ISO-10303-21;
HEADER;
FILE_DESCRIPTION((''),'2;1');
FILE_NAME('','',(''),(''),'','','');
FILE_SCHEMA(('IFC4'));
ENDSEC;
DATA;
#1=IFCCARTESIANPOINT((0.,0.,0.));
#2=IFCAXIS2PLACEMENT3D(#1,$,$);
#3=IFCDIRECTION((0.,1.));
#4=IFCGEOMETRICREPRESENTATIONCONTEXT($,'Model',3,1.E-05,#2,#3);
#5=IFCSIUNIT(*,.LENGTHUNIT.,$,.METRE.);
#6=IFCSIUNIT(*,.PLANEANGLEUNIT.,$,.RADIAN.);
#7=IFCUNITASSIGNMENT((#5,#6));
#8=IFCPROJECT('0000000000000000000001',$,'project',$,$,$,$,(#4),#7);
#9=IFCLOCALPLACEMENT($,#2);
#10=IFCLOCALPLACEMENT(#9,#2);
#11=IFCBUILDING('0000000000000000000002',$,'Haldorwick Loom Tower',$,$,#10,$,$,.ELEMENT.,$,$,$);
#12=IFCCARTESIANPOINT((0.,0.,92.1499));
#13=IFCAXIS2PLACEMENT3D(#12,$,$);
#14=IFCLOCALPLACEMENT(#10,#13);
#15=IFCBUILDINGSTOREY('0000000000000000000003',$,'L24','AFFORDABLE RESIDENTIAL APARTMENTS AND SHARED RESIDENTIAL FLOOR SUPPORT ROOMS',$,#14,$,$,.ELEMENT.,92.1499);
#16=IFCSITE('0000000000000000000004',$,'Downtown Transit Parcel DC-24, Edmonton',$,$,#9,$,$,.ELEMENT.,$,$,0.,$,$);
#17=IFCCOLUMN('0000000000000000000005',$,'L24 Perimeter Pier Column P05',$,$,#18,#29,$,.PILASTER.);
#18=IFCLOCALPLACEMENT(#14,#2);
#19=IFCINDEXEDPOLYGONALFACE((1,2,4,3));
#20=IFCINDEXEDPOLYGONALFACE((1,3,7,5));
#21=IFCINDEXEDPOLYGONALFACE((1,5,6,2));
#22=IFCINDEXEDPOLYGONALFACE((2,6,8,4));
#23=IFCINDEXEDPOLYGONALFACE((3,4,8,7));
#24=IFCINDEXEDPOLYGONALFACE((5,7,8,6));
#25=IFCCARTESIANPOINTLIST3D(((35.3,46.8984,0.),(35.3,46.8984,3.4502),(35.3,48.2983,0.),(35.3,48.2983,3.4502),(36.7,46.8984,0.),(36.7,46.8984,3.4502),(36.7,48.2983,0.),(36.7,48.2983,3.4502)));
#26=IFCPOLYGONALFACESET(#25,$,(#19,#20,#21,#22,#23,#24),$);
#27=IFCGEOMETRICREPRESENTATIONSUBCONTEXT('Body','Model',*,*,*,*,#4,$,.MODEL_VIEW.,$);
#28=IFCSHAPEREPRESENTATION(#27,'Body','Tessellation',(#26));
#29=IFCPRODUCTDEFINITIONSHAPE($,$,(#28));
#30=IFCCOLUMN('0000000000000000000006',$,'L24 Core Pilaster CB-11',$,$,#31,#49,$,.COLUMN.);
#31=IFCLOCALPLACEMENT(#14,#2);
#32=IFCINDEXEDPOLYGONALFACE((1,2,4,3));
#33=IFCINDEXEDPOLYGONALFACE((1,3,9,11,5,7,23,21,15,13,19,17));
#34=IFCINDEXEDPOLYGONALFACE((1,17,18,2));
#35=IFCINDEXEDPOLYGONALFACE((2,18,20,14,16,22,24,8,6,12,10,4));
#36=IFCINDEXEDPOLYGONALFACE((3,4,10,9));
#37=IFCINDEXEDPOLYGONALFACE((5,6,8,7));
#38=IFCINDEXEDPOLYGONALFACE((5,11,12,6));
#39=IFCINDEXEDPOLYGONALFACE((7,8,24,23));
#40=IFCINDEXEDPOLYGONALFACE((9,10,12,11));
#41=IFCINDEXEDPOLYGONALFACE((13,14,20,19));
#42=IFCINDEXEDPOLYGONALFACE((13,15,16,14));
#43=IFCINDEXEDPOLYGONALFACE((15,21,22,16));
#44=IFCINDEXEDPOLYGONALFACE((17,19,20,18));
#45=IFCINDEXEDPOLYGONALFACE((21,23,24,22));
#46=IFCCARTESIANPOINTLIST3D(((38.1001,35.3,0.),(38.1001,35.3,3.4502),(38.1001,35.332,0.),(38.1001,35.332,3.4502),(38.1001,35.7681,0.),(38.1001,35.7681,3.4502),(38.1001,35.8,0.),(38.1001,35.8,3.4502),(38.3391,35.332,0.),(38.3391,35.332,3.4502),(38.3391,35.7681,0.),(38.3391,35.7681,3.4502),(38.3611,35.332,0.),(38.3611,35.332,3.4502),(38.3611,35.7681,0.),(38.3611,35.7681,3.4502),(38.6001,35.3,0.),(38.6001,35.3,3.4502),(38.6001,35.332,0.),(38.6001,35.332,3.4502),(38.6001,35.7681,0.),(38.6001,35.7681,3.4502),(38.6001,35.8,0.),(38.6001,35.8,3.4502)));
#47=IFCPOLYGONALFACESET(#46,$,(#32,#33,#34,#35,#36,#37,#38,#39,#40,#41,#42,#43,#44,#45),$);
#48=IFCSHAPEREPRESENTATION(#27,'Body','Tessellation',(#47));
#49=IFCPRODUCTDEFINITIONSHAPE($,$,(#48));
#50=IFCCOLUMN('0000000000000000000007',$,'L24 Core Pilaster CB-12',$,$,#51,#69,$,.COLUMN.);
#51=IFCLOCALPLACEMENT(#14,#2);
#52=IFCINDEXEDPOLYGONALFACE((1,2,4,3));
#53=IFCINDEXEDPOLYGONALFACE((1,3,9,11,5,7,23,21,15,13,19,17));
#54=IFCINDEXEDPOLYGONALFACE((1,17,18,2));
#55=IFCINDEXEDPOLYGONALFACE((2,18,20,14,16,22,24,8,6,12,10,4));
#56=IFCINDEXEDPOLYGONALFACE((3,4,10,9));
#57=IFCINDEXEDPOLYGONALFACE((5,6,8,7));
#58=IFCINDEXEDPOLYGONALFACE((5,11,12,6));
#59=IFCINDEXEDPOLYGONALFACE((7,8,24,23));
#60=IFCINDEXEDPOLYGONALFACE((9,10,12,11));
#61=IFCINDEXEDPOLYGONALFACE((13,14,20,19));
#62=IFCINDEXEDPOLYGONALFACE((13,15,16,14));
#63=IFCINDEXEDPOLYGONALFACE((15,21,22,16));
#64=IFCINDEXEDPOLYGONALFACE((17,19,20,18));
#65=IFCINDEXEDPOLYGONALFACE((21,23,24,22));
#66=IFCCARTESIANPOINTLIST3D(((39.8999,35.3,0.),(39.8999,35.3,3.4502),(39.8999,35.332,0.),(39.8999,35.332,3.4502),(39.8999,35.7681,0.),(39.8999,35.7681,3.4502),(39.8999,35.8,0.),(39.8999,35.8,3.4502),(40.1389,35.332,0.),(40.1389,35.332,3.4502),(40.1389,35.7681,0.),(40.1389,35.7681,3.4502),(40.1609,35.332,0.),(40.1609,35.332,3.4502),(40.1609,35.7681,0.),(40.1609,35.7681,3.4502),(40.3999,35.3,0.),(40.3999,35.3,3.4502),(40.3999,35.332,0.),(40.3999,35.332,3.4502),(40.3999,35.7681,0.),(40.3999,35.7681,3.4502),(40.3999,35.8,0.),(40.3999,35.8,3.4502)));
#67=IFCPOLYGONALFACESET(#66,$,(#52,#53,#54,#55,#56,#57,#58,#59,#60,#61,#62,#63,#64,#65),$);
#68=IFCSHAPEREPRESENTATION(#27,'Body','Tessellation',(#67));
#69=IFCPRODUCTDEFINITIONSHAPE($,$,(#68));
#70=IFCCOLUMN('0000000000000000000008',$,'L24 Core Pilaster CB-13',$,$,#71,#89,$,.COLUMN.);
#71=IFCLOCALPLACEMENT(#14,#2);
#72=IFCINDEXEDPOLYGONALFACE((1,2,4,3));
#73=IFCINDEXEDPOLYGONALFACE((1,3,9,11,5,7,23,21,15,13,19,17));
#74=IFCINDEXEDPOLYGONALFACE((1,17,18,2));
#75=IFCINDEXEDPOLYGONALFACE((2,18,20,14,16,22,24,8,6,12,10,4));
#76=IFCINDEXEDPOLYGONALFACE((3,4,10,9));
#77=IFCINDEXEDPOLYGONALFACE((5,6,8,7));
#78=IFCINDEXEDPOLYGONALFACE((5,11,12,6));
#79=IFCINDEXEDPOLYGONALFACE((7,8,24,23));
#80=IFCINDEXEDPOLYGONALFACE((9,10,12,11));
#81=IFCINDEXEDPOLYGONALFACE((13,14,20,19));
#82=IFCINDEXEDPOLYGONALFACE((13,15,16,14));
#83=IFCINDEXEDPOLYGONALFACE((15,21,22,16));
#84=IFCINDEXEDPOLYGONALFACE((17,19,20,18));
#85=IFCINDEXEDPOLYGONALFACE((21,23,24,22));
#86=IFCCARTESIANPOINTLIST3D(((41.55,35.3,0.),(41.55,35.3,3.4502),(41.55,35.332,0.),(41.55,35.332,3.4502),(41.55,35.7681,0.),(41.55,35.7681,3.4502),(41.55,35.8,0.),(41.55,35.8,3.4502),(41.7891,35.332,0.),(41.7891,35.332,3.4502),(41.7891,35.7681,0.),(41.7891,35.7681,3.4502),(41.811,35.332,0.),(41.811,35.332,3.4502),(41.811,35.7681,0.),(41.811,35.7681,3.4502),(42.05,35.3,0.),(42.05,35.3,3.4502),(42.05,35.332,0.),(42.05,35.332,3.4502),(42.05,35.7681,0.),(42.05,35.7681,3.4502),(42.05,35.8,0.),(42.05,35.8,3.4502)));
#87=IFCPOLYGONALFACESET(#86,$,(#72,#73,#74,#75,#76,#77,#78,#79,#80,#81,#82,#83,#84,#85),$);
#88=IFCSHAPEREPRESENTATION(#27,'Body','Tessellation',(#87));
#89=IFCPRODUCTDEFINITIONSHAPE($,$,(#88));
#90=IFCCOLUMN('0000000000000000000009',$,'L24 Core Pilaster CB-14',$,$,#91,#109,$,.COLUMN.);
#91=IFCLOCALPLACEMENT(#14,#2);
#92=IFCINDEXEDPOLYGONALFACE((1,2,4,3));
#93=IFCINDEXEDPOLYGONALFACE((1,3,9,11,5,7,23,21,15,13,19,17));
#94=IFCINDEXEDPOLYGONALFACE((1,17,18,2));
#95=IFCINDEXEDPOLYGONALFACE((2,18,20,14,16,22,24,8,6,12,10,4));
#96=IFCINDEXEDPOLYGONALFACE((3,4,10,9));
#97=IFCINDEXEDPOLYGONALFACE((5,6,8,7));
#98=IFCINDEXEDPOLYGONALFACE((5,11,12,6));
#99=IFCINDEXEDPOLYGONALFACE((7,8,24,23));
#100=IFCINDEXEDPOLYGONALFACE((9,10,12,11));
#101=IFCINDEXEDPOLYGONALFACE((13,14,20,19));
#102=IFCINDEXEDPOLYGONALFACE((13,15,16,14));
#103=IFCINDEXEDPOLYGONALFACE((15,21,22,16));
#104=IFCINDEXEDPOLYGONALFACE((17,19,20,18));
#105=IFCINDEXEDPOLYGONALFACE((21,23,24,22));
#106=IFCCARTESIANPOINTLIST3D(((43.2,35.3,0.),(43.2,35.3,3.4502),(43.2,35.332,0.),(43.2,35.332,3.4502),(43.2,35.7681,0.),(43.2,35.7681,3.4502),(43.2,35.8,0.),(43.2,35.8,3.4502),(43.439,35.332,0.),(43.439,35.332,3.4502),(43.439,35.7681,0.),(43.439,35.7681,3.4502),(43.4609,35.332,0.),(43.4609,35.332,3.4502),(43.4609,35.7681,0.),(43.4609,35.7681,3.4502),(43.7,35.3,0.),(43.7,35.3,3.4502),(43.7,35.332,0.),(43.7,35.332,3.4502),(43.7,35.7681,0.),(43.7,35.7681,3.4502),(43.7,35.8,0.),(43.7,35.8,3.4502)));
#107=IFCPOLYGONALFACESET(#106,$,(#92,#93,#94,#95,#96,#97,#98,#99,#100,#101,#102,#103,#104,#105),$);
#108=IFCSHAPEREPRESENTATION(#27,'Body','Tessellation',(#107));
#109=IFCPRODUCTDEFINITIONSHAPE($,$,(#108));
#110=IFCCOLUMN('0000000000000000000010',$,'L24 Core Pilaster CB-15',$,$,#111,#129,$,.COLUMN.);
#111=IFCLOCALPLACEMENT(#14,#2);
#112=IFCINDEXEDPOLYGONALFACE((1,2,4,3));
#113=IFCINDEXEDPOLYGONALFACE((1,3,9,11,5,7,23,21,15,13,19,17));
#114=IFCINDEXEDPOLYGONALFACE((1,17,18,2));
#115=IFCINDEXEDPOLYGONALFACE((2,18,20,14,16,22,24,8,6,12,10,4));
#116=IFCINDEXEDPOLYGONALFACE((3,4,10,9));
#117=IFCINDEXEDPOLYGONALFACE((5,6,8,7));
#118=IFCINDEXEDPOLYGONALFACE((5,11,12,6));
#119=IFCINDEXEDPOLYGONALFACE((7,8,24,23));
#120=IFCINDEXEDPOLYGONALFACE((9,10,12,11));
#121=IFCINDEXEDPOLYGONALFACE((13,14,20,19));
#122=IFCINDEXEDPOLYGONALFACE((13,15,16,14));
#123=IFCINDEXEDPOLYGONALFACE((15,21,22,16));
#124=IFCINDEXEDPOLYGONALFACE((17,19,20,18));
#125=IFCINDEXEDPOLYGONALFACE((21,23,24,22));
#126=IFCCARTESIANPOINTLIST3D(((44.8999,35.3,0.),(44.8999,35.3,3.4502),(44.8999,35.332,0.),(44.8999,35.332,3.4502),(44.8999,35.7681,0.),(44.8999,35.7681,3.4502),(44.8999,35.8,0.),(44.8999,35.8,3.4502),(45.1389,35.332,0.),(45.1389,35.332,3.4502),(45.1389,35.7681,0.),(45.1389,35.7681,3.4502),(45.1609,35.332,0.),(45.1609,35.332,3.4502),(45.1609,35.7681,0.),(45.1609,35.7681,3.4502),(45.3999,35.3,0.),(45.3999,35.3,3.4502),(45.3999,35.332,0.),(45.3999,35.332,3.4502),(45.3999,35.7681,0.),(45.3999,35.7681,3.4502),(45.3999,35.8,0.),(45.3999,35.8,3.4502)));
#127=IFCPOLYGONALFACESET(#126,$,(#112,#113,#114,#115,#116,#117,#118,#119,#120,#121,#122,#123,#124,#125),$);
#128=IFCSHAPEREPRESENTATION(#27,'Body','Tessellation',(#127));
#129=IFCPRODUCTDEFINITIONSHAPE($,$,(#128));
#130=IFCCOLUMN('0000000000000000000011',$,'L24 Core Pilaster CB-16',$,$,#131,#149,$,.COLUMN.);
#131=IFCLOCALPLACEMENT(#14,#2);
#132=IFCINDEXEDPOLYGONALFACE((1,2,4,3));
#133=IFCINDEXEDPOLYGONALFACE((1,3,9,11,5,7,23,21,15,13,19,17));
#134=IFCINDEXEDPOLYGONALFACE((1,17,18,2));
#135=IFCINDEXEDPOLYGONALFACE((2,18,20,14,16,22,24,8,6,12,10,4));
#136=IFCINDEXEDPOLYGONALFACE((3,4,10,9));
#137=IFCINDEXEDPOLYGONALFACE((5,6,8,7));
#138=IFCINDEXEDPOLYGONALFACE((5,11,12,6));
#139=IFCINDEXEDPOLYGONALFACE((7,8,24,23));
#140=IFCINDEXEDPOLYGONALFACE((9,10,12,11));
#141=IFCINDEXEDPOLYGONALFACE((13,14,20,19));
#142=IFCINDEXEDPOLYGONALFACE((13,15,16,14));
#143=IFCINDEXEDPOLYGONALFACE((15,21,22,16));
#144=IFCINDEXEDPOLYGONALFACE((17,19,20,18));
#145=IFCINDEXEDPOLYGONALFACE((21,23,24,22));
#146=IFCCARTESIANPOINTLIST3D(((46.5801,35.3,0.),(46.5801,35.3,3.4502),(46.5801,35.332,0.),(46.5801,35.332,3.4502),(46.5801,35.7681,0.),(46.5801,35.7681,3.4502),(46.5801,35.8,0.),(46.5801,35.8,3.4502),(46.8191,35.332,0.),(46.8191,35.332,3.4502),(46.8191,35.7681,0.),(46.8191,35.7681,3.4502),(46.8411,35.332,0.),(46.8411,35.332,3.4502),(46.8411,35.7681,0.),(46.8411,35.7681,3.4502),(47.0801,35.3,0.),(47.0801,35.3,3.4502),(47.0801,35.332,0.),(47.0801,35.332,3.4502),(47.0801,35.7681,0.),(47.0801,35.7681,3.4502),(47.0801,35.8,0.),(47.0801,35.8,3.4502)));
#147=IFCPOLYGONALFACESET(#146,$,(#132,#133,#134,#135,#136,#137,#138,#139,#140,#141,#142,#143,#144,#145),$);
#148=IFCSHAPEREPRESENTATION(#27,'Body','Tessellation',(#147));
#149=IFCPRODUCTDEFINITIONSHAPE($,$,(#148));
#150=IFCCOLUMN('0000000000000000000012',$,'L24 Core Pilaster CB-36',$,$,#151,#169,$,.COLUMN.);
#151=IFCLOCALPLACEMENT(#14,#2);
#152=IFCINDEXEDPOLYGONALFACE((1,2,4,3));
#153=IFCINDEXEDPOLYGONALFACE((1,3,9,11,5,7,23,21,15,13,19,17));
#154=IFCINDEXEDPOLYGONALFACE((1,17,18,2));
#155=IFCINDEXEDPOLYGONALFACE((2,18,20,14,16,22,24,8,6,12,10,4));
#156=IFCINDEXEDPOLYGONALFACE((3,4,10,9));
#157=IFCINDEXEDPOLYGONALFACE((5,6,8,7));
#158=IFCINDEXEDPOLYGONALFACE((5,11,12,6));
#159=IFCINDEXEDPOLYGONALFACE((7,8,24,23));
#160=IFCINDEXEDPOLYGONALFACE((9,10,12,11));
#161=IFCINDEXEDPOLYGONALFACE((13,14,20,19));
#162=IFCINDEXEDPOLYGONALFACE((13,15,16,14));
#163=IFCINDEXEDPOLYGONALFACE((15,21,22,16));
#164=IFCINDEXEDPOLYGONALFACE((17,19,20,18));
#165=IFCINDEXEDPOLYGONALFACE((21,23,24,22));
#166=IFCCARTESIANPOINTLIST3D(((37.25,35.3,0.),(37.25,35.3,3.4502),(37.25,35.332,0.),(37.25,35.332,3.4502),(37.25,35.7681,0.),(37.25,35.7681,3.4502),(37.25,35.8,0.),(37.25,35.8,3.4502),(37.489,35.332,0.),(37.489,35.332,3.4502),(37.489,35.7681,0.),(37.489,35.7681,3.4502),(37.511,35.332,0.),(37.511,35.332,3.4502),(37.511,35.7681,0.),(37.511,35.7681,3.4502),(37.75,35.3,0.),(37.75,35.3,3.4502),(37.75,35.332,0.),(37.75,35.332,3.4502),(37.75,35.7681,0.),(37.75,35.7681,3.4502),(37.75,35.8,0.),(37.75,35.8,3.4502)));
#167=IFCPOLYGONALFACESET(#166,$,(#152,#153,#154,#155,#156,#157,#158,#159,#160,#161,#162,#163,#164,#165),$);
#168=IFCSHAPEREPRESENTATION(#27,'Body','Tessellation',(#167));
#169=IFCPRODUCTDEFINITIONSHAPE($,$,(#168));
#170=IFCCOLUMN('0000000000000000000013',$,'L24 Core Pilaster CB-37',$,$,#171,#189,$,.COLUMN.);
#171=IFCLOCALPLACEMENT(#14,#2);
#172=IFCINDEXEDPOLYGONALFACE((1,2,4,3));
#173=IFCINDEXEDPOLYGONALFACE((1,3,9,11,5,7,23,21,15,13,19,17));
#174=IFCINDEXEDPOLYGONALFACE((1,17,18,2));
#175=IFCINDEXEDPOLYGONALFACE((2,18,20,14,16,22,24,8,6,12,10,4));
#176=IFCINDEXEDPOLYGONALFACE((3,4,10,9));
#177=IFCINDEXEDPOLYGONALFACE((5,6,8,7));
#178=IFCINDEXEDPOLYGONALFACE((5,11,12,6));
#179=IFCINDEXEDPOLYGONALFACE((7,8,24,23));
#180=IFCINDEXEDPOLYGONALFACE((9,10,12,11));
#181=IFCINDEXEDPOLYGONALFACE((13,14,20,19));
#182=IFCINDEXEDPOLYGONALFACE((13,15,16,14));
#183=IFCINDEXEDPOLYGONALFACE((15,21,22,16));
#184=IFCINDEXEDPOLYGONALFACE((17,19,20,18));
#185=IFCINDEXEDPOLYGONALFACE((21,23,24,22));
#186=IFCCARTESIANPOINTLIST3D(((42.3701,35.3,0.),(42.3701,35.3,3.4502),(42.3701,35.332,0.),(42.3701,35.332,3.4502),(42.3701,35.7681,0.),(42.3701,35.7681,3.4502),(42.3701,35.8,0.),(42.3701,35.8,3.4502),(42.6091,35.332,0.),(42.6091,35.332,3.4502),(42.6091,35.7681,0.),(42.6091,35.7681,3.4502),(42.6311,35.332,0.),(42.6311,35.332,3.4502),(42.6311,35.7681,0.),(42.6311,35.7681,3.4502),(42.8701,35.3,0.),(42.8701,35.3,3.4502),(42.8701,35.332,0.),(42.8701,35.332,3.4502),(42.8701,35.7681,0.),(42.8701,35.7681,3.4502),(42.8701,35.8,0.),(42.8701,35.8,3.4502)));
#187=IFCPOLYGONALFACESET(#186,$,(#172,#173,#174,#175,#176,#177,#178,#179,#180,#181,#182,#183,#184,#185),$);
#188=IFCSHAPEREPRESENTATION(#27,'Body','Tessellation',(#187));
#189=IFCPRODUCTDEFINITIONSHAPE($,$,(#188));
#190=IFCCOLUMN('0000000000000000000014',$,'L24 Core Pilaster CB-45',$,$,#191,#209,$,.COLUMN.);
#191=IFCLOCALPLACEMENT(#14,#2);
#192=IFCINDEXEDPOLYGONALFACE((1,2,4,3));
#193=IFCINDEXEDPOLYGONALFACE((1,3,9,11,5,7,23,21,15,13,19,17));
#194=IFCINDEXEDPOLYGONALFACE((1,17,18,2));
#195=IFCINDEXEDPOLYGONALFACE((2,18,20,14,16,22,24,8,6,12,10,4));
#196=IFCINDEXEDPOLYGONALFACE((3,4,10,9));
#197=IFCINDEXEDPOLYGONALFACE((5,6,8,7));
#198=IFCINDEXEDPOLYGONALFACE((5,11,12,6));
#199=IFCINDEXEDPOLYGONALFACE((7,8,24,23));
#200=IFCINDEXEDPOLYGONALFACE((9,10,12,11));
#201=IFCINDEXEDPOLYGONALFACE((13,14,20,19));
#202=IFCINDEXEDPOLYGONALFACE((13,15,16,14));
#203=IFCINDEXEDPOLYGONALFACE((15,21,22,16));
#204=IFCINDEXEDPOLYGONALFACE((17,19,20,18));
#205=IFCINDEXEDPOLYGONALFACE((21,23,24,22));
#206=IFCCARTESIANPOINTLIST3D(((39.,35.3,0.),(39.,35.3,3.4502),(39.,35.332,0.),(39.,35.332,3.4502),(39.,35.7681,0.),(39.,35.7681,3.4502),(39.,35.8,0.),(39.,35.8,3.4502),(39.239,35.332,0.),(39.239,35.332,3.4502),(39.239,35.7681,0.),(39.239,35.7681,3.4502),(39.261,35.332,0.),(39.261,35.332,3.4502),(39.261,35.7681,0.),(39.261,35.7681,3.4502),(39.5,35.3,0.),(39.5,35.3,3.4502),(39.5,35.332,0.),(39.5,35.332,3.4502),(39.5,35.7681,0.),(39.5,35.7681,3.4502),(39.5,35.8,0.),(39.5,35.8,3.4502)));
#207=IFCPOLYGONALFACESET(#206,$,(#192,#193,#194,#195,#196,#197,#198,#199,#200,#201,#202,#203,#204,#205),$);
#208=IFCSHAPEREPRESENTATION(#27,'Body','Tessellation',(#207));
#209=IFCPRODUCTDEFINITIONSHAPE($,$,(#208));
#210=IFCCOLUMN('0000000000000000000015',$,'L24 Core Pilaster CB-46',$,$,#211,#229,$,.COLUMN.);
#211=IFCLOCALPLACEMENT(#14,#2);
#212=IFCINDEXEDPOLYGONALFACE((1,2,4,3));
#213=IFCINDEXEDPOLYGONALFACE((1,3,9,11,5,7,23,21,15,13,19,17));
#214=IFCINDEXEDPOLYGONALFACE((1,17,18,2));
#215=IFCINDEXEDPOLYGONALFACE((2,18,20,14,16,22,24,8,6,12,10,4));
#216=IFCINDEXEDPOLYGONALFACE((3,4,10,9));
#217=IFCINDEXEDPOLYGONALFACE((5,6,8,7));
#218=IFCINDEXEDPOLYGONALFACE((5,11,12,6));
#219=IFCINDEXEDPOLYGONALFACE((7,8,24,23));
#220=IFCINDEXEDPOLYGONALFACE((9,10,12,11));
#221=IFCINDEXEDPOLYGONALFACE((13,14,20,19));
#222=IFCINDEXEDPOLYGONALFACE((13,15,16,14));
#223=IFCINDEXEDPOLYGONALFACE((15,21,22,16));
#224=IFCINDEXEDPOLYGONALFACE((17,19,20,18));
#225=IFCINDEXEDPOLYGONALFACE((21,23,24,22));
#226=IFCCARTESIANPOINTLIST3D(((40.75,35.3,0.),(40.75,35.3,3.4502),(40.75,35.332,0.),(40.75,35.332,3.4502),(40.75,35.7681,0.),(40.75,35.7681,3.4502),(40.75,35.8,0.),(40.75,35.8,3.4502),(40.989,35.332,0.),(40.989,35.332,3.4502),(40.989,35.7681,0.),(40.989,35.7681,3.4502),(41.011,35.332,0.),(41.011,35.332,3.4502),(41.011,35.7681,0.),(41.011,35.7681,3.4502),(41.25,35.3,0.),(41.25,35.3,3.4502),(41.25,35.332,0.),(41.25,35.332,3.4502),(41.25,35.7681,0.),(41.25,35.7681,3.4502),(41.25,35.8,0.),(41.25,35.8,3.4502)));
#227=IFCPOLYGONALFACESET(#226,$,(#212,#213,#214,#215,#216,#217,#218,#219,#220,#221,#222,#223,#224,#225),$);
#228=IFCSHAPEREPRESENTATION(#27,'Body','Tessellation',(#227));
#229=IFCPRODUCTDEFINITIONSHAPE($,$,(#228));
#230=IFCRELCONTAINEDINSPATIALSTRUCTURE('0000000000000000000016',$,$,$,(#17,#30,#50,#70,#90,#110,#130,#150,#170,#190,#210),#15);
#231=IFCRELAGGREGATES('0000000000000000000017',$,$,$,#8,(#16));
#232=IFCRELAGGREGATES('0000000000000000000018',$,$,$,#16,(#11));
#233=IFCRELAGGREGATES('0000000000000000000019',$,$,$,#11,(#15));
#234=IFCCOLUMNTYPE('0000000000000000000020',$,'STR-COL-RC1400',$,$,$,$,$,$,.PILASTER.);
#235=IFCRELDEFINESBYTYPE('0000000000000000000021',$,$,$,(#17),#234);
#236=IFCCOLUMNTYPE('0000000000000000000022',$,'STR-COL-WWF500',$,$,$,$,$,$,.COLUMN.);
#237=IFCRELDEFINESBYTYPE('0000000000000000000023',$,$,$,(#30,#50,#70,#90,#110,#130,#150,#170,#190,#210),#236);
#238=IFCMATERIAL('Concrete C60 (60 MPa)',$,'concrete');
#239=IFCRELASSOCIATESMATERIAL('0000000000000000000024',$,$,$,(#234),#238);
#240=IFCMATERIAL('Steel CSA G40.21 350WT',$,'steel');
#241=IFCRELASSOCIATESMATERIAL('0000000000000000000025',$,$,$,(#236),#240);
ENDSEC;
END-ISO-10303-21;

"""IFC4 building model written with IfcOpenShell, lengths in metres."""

from ifc_helpers import new_model, si_unit, direction, frame, origin, origin_2d, place, context, subcontext, project, spatial, rectangle, i_section, extrude, material, material_profile, profile_set, type_object, element, save


model = new_model("IFC4")

# Units and contexts
model_context = context("Model", 3, precision=1e-05, world=origin(), true_north=direction((0.0, 1.0)))
body_context = subcontext(model_context, "Body", "Model", "MODEL_VIEW")
ifc_project = project(units=[si_unit("LENGTHUNIT", "METRE"), si_unit("PLANEANGLEUNIT", "RADIAN")], contexts=[model_context])

# Site, building, storey
site_placement = place(None, origin())
site = spatial("IfcSite", under=ifc_project, at=site_placement, Name="Downtown Transit Parcel DC-24, Edmonton", CompositionType="ELEMENT", RefElevation=0.0)
building_placement = place(site_placement, origin())
building = spatial("IfcBuilding", under=site, at=building_placement, Name="Haldorwick Loom Tower", CompositionType="ELEMENT")
storey_placement = place(building_placement, frame((0.0, 0.0, 92.1499)))
storey = spatial("IfcBuildingStorey", under=building, at=storey_placement, Name="L24", Description="AFFORDABLE RESIDENTIAL APARTMENTS AND SHARED RESIDENTIAL FLOOR SUPPORT ROOMS", CompositionType="ELEMENT", Elevation=92.1499)

# Columns
ifc_material_1 = material(Name="Concrete C60 (60 MPa)", Category="concrete")
ifc_material_profile_1 = material_profile(ifc_material_1, rectangle(XDim=1.3999, YDim=1.3999, at=origin_2d()), Name="RC1400X1400", Category="concrete")
ifc_profile_set_1 = profile_set([ifc_material_profile_1], Name="Concrete C60 (60 MPa)")
column_type_1 = type_object("IfcColumnType", Name="STR-COL-RC1400", PredefinedType="PILASTER", material=ifc_profile_set_1)
column_placement = place(storey_placement, frame((36.0, 47.5984, 0.0), z_axis=(0.0, 0.0, 1.0), x_axis=(0.0, 1.0, 0.0)))
element("IfcColumn", 1, at=column_placement, inside=storey, type_object=column_type_1, Name="L24 Perimeter Pier Column P05", PredefinedType="PILASTER", context=body_context, shape_type="SweptSolid", body=[
    extrude(rectangle(XDim=1.3999, YDim=1.3999, at=origin_2d()), origin(), (0.0, 0.0, 1.0), 3.4502),
])
ifc_material_2 = material(Name="Steel CSA G40.21 350WT", Category="steel")
ifc_material_profile_2 = material_profile(ifc_material_2, i_section(OverallWidth=0.5, OverallDepth=0.5, WebThickness=0.022, FlangeThickness=0.032, at=origin_2d()), Name="WWF500X500", Category="steel")
ifc_profile_set_2 = profile_set([ifc_material_profile_2], Name="Steel CSA G40.21 350WT")
column_type_2 = type_object("IfcColumnType", Name="STR-COL-WWF500", PredefinedType="COLUMN", material=ifc_profile_set_2)
for number, where, z_axis, x_axis, name in (
    (2, (38.3501, 35.55, 0.0), (0.0, 0.0, 1.0), (1.0, 0.0, 0.0), "L24 Core Pilaster CB-11"),
    (3, (40.1499, 35.55, 0.0), (0.0, 0.0, 1.0), (1.0, 0.0, 0.0), "L24 Core Pilaster CB-12"),
    (4, (41.8, 35.55, 0.0), (0.0, 0.0, 1.0), (1.0, 0.0, 0.0), "L24 Core Pilaster CB-13"),
    (5, (43.45, 35.55, 0.0), (0.0, 0.0, 1.0), (1.0, 0.0, 0.0), "L24 Core Pilaster CB-14"),
    (6, (45.1499, 35.55, 0.0), (0.0, 0.0, 1.0), (1.0, 0.0, 0.0), "L24 Core Pilaster CB-15"),
    (7, (46.8301, 35.55, 0.0), (0.0, 0.0, 1.0), (1.0, 0.0, 0.0), "L24 Core Pilaster CB-16"),
    (8, (37.5, 35.55, 0.0), (0.0, 0.0, 1.0), (1.0, 0.0, 0.0), "L24 Core Pilaster CB-36"),
    (9, (42.6201, 35.55, 0.0), (0.0, 0.0, 1.0), (1.0, 0.0, 0.0), "L24 Core Pilaster CB-37"),
    (10, (39.25, 35.55, 0.0), (0.0, 0.0, 1.0), (1.0, 0.0, 0.0), "L24 Core Pilaster CB-45"),
    (11, (41.0, 35.55, 0.0), (0.0, 0.0, 1.0), (1.0, 0.0, 0.0), "L24 Core Pilaster CB-46"),
):
    element("IfcColumn", number, at=place(storey_placement, frame(where, z_axis=z_axis, x_axis=x_axis)), inside=storey, type_object=column_type_2, Name=name, PredefinedType="COLUMN", context=body_context, shape_type="SweptSolid", body=[
        extrude(i_section(OverallWidth=0.5, OverallDepth=0.5, WebThickness=0.022, FlangeThickness=0.032, at=origin_2d()), origin(), (0.0, 0.0, 1.0), 3.4502),
    ])

save(model, "model.ifc")
